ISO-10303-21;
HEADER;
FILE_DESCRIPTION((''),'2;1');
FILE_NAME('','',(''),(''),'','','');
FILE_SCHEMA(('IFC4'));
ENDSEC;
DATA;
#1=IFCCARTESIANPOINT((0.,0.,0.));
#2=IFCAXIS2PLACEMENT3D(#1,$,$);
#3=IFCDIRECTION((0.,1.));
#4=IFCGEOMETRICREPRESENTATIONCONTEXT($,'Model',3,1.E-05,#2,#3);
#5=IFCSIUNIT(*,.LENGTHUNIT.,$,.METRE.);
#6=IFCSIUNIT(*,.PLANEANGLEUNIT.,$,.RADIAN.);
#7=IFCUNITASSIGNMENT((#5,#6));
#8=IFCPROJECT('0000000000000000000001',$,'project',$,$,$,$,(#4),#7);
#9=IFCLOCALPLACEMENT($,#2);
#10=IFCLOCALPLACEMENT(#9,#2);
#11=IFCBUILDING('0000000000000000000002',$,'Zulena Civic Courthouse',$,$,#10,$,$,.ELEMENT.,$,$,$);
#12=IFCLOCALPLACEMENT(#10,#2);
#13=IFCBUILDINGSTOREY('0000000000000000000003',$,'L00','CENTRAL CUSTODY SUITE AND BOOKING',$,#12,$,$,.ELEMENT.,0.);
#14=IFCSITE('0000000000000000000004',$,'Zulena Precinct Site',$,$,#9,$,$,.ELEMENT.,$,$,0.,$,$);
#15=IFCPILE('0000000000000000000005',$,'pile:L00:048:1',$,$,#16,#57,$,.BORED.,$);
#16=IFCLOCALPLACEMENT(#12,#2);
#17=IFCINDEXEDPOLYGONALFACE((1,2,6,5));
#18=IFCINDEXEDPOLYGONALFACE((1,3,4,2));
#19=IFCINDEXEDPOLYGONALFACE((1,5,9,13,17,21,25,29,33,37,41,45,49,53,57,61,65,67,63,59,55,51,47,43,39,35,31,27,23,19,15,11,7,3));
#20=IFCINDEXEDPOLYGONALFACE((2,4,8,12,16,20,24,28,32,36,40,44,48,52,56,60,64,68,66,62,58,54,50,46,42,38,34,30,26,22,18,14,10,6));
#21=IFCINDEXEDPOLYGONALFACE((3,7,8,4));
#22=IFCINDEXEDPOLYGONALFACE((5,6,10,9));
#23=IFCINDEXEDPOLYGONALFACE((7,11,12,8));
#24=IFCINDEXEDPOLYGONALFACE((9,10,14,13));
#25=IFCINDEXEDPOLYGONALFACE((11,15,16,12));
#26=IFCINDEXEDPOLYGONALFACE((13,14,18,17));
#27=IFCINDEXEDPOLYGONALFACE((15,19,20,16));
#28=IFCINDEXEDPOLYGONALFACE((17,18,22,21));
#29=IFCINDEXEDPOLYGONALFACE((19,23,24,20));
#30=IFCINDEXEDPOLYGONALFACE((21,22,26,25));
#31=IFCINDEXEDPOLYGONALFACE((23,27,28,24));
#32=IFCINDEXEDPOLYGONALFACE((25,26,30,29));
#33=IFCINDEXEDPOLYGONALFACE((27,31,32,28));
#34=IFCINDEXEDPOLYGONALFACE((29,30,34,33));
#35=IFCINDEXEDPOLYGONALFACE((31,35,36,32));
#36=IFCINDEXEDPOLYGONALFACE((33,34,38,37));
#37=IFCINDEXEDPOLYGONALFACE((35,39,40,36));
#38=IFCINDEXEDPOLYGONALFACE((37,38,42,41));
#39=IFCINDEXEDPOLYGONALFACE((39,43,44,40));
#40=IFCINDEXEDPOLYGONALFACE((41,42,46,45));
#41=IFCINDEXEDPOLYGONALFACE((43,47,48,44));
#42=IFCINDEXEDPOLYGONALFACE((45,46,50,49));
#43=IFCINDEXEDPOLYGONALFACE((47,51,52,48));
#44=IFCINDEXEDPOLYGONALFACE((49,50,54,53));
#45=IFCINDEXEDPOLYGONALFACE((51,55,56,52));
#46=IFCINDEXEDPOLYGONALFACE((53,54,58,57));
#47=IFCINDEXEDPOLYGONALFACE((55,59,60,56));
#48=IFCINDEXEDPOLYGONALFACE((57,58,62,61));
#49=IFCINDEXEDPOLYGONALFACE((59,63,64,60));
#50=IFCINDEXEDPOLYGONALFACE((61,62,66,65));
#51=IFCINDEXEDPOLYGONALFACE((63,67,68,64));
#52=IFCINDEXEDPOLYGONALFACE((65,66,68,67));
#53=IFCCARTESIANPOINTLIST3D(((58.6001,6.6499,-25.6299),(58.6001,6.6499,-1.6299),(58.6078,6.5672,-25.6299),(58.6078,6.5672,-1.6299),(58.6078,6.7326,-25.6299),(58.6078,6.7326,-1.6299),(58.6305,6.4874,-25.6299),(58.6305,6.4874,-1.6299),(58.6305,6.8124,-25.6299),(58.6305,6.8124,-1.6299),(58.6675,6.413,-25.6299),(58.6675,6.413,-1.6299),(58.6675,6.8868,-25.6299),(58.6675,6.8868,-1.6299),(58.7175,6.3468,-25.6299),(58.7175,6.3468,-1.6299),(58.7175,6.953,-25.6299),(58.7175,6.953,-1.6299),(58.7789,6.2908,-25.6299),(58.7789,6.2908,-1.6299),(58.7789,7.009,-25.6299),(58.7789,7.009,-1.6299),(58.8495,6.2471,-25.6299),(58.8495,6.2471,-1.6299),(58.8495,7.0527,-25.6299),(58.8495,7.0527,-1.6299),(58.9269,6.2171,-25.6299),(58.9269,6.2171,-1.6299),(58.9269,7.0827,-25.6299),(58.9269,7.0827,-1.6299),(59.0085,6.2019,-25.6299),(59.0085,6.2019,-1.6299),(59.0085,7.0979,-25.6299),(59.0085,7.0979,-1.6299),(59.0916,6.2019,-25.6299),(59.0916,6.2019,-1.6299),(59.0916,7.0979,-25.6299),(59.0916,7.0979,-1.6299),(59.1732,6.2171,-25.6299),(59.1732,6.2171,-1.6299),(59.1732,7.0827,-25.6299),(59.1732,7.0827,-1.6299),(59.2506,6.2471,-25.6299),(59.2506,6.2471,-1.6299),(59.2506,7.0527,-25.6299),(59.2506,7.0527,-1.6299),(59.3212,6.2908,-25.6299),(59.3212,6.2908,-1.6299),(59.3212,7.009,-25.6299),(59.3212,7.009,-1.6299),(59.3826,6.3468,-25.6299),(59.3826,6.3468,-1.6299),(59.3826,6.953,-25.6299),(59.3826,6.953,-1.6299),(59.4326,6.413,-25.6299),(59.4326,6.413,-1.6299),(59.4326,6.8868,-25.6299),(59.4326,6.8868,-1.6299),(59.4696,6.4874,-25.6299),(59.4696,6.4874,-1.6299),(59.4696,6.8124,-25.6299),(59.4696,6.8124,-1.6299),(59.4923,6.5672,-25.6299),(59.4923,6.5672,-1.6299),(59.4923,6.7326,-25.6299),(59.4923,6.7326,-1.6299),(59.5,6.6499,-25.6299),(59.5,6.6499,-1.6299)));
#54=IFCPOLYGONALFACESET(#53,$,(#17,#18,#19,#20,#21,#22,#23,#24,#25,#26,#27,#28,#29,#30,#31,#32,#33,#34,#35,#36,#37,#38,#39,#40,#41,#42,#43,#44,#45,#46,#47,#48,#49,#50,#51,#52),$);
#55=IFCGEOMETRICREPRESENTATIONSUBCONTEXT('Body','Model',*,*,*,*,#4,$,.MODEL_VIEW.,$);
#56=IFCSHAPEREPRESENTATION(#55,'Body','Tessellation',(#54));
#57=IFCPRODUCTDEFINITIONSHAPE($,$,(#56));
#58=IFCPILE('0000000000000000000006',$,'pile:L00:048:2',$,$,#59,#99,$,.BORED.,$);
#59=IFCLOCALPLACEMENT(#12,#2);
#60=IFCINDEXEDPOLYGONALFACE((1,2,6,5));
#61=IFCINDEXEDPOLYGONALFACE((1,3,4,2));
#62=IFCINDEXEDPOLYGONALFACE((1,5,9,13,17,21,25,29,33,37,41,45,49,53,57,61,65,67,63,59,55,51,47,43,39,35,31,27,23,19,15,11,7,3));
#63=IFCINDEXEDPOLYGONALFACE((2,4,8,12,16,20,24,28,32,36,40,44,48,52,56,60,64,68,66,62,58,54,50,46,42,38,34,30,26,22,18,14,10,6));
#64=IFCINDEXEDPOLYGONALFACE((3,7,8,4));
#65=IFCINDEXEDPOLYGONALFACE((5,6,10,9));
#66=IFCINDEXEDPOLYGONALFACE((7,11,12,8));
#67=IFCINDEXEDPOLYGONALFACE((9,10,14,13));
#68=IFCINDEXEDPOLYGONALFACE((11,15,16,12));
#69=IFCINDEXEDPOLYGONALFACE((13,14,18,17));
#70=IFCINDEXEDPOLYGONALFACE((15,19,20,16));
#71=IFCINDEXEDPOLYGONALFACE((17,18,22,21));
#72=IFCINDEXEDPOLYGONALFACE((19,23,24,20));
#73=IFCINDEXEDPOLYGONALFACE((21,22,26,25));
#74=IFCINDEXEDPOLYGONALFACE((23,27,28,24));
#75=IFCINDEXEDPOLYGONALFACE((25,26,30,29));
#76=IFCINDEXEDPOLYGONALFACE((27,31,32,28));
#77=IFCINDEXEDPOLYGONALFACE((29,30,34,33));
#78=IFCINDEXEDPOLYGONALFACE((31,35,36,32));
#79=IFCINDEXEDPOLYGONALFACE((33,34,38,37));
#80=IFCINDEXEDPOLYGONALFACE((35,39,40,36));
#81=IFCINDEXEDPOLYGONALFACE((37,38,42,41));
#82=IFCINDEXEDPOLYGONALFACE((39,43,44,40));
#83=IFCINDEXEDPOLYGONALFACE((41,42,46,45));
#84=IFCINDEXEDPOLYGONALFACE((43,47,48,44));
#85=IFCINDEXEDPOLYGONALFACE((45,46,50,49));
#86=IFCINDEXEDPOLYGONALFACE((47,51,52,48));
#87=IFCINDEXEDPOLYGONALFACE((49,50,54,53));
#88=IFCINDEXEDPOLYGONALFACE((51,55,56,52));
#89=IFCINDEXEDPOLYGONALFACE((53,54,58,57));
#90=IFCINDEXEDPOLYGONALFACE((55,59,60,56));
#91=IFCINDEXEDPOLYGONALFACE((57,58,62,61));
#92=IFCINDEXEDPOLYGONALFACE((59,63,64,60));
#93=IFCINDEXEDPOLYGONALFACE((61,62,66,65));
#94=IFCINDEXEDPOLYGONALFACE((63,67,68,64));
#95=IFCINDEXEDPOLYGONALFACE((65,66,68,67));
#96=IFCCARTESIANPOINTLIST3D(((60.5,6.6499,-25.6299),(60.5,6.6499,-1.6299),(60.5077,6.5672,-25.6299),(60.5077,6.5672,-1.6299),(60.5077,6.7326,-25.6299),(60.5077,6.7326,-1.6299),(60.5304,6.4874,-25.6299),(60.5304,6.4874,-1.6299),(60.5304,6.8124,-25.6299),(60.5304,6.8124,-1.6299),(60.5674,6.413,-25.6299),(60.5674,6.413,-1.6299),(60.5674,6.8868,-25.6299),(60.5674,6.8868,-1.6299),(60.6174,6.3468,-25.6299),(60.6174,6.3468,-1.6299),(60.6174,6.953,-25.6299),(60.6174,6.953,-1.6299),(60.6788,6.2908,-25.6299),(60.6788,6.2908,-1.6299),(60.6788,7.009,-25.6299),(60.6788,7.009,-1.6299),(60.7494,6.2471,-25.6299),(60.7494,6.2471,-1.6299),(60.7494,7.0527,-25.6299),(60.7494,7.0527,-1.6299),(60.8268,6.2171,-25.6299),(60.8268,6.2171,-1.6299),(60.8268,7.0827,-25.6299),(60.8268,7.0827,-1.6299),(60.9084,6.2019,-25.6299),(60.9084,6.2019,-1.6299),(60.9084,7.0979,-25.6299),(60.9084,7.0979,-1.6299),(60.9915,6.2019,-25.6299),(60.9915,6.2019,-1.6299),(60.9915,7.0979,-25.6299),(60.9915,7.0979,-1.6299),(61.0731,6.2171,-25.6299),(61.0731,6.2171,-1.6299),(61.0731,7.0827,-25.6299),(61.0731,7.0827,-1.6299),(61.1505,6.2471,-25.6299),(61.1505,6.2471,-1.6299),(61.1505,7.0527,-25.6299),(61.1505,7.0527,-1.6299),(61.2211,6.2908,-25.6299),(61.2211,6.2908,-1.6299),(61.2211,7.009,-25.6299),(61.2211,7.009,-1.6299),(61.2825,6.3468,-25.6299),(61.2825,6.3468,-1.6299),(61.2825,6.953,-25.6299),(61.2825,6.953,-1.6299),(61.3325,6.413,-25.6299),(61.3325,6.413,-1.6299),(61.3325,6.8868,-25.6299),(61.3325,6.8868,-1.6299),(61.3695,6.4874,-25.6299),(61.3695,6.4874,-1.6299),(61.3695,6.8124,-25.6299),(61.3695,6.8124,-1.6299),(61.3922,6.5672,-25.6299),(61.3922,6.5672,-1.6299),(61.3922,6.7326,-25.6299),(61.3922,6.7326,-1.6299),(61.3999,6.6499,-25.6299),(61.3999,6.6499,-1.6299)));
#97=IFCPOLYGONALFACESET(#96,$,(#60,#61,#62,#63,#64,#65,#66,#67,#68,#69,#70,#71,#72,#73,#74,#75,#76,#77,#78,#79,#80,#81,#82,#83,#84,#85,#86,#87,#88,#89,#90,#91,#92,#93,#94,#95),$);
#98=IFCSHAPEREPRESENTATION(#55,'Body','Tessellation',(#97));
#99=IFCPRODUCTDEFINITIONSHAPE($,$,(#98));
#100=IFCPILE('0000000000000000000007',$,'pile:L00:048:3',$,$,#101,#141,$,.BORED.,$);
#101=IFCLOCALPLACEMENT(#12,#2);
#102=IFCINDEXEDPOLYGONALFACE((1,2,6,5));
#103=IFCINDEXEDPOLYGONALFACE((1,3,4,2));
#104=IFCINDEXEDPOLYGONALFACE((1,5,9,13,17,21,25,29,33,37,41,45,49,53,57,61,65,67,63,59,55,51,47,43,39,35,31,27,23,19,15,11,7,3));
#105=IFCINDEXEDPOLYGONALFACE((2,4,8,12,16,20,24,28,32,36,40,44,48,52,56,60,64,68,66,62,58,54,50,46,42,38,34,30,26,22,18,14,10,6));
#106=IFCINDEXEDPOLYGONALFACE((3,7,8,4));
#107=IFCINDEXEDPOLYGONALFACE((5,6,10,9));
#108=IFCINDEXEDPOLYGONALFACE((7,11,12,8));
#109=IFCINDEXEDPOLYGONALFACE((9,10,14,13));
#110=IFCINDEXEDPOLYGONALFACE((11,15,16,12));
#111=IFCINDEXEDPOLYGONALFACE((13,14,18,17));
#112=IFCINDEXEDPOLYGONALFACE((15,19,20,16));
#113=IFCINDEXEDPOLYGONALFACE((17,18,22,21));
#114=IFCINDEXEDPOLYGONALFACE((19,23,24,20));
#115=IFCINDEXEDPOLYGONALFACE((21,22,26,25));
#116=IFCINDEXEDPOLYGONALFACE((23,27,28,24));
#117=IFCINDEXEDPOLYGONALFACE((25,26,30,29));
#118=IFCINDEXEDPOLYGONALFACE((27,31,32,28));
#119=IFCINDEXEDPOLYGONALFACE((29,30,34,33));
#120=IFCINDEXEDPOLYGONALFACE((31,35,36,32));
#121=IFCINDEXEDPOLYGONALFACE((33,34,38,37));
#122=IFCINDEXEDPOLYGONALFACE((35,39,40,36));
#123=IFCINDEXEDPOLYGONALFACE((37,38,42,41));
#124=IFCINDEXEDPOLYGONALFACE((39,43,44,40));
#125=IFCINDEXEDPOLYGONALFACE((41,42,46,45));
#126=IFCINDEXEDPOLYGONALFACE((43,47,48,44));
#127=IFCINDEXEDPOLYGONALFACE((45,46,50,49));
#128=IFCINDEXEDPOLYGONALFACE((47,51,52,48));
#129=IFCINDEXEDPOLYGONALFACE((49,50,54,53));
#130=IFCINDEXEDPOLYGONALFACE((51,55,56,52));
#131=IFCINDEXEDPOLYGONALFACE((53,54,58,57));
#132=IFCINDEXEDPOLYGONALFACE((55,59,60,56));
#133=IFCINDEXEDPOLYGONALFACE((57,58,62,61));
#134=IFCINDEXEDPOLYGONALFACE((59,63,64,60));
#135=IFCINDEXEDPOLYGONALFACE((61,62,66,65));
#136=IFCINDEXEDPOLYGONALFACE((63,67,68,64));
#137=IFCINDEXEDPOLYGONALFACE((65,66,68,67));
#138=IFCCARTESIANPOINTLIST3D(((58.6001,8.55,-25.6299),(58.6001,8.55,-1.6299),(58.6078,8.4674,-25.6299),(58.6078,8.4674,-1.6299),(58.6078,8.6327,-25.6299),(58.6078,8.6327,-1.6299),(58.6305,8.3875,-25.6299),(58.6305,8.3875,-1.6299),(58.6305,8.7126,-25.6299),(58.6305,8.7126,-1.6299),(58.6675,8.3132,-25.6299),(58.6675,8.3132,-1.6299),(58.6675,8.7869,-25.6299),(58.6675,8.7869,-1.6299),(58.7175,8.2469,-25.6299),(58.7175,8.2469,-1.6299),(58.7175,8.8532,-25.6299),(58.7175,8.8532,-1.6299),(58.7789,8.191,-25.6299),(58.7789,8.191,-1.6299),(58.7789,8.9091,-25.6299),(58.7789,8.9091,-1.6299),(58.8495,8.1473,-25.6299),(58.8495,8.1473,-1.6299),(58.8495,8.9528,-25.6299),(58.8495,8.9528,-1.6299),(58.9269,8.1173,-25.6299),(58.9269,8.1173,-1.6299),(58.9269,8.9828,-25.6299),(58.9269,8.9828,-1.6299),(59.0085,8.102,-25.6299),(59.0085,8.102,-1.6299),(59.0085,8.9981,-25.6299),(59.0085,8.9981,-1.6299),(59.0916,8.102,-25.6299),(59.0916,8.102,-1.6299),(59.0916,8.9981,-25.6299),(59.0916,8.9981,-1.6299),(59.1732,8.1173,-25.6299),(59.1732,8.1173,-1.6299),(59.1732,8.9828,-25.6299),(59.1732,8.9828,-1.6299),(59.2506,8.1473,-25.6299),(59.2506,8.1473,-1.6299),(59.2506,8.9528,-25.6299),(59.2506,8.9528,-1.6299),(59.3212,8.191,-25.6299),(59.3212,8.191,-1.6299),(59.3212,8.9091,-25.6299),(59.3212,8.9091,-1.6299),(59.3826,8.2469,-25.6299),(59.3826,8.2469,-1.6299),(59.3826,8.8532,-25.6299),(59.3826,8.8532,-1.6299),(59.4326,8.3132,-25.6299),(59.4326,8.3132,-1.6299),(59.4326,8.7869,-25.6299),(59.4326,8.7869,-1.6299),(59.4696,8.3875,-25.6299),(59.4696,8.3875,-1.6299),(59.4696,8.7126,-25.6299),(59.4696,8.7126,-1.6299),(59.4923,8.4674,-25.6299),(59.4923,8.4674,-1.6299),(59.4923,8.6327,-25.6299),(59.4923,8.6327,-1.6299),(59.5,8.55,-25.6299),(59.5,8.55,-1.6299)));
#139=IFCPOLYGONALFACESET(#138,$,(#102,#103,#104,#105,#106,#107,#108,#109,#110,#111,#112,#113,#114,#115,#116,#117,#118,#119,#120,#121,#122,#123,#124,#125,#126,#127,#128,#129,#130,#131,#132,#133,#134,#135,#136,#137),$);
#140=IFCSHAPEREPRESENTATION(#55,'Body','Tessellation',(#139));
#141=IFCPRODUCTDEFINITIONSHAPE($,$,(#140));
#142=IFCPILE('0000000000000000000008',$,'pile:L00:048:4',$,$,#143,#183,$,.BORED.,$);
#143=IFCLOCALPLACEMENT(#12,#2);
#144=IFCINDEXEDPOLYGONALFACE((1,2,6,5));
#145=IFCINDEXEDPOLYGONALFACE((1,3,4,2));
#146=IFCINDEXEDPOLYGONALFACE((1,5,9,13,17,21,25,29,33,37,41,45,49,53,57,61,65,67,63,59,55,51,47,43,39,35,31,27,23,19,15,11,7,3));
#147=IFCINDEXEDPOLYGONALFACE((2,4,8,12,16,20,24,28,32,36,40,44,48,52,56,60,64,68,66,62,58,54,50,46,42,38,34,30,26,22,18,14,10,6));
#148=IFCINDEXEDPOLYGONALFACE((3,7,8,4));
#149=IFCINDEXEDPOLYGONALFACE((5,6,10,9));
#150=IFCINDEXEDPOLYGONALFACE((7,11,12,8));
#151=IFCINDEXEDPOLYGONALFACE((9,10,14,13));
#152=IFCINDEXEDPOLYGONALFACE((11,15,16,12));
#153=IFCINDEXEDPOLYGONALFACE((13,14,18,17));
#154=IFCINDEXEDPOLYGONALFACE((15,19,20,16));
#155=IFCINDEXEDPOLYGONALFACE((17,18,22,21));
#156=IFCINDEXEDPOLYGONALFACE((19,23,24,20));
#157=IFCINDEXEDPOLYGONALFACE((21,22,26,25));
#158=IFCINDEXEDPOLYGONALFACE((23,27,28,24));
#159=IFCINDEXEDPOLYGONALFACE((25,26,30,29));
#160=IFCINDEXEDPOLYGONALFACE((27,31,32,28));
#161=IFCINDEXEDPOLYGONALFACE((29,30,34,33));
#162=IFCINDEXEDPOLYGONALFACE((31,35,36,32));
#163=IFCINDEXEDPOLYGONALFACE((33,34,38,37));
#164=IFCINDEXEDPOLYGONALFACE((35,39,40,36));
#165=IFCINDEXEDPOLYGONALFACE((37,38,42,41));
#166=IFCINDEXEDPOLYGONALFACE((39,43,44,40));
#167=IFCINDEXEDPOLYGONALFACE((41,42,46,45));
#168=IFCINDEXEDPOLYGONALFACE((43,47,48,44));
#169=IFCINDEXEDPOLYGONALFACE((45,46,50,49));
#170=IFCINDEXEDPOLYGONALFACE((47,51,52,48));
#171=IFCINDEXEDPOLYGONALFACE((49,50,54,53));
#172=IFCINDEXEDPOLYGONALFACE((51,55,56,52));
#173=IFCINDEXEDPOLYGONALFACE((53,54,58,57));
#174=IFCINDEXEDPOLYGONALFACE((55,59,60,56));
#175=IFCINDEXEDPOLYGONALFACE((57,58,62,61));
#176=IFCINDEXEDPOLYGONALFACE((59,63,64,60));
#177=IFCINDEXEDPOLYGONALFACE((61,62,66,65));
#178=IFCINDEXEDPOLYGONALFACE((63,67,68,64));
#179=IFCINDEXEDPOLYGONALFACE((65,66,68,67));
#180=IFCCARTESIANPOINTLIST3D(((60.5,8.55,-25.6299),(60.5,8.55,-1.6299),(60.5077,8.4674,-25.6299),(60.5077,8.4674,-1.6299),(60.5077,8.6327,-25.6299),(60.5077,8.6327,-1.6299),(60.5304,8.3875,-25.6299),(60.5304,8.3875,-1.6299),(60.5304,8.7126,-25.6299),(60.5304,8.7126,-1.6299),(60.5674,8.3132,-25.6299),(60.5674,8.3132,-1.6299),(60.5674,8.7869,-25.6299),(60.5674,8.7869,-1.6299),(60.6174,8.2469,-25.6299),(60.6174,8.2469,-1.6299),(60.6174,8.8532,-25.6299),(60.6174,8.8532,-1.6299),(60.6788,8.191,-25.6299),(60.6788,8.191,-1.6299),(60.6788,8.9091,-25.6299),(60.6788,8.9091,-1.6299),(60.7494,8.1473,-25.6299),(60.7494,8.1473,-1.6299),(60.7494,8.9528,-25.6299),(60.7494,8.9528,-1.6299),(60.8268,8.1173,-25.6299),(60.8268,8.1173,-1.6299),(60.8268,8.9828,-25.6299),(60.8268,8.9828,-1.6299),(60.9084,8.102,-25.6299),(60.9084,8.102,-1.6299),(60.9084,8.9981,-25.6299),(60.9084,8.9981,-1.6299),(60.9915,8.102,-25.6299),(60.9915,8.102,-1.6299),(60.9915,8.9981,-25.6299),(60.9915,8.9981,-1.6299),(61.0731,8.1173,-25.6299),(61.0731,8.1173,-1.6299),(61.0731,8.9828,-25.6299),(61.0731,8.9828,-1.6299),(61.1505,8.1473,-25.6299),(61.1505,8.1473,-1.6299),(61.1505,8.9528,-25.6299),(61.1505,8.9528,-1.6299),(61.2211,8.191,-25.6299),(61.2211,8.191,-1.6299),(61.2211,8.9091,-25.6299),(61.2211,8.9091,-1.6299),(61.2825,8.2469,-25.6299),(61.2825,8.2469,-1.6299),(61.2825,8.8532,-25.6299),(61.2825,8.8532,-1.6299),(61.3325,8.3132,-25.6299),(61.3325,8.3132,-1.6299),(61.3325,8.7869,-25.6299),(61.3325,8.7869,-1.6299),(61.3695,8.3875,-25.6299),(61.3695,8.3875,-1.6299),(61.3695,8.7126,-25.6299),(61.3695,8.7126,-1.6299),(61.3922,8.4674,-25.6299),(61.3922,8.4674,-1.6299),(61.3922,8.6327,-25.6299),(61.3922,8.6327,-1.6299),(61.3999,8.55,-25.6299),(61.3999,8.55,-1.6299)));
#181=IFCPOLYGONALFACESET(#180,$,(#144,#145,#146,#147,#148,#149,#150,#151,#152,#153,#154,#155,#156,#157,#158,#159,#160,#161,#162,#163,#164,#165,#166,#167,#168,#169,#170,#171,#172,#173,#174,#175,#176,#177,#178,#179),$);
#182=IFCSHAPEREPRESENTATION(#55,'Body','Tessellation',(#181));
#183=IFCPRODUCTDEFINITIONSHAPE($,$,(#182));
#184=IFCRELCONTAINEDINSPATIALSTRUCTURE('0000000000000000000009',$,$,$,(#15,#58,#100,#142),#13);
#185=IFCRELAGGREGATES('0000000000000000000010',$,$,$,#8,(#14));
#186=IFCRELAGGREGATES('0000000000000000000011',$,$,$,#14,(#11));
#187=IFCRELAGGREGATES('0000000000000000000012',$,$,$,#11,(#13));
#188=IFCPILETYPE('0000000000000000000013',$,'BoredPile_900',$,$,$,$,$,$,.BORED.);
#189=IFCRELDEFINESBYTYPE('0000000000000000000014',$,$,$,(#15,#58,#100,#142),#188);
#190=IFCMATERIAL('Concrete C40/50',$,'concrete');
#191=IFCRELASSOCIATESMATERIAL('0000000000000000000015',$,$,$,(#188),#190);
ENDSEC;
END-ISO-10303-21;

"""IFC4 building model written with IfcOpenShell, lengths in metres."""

from ifc_helpers import new_model, si_unit, direction, frame, origin, origin_2d, place, context, subcontext, project, spatial, circle, extrude, material, material_profile, profile_set, type_object, element, save


model = new_model("IFC4")

# Units and contexts
model_context = context("Model", 3, precision=1e-05, world=origin(), true_north=direction((0.0, 1.0)))
body_context = subcontext(model_context, "Body", "Model", "MODEL_VIEW")
ifc_project = project(units=[si_unit("LENGTHUNIT", "METRE"), si_unit("PLANEANGLEUNIT", "RADIAN")], contexts=[model_context])

# Site, building, storey
site_placement = place(None, origin())
site = spatial("IfcSite", under=ifc_project, at=site_placement, Name="Zulena Precinct Site", CompositionType="ELEMENT", RefElevation=0.0)
building_placement = place(site_placement, origin())
building = spatial("IfcBuilding", under=site, at=building_placement, Name="Zulena Civic Courthouse", CompositionType="ELEMENT")
storey_placement = place(building_placement, origin())
storey = spatial("IfcBuildingStorey", under=building, at=storey_placement, Name="L00", Description="CENTRAL CUSTODY SUITE AND BOOKING", CompositionType="ELEMENT", Elevation=0.0)

# Piles
ifc_material_1 = material(Name="Concrete C40/50", Category="concrete")
ifc_material_profile_1 = material_profile(ifc_material_1, circle(Radius=0.45, at=origin_2d()), Name="PILE900")
ifc_profile_set_1 = profile_set([ifc_material_profile_1], Name="Concrete C40/50")
pile_type = type_object("IfcPileType", Name="BoredPile_900", PredefinedType="BORED", material=ifc_profile_set_1)
for number, where, z_axis, x_axis, name in (
    (1, (59.05, 6.6499, -1.6299), (0.0, 0.0, -1.0), (1.0, 0.0, 0.0), "pile:L00:048:1"),
    (2, (60.95, 6.6499, -1.6299), (0.0, 0.0, -1.0), (1.0, 0.0, 0.0), "pile:L00:048:2"),
    (3, (59.05, 8.55, -1.6299), (0.0, 0.0, -1.0), (1.0, 0.0, 0.0), "pile:L00:048:3"),
    (4, (60.95, 8.55, -1.6299), (0.0, 0.0, -1.0), (1.0, 0.0, 0.0), "pile:L00:048:4"),
):
    element("IfcPile", number, at=place(storey_placement, frame(where, z_axis=z_axis, x_axis=x_axis)), inside=storey, type_object=pile_type, Name=name, PredefinedType="BORED", context=body_context, shape_type="SweptSolid", body=[
        extrude(circle(Radius=0.45, at=origin_2d()), origin(), (0.0, 0.0, 1.0), 24.0),
    ])

save(model, "model.ifc")
